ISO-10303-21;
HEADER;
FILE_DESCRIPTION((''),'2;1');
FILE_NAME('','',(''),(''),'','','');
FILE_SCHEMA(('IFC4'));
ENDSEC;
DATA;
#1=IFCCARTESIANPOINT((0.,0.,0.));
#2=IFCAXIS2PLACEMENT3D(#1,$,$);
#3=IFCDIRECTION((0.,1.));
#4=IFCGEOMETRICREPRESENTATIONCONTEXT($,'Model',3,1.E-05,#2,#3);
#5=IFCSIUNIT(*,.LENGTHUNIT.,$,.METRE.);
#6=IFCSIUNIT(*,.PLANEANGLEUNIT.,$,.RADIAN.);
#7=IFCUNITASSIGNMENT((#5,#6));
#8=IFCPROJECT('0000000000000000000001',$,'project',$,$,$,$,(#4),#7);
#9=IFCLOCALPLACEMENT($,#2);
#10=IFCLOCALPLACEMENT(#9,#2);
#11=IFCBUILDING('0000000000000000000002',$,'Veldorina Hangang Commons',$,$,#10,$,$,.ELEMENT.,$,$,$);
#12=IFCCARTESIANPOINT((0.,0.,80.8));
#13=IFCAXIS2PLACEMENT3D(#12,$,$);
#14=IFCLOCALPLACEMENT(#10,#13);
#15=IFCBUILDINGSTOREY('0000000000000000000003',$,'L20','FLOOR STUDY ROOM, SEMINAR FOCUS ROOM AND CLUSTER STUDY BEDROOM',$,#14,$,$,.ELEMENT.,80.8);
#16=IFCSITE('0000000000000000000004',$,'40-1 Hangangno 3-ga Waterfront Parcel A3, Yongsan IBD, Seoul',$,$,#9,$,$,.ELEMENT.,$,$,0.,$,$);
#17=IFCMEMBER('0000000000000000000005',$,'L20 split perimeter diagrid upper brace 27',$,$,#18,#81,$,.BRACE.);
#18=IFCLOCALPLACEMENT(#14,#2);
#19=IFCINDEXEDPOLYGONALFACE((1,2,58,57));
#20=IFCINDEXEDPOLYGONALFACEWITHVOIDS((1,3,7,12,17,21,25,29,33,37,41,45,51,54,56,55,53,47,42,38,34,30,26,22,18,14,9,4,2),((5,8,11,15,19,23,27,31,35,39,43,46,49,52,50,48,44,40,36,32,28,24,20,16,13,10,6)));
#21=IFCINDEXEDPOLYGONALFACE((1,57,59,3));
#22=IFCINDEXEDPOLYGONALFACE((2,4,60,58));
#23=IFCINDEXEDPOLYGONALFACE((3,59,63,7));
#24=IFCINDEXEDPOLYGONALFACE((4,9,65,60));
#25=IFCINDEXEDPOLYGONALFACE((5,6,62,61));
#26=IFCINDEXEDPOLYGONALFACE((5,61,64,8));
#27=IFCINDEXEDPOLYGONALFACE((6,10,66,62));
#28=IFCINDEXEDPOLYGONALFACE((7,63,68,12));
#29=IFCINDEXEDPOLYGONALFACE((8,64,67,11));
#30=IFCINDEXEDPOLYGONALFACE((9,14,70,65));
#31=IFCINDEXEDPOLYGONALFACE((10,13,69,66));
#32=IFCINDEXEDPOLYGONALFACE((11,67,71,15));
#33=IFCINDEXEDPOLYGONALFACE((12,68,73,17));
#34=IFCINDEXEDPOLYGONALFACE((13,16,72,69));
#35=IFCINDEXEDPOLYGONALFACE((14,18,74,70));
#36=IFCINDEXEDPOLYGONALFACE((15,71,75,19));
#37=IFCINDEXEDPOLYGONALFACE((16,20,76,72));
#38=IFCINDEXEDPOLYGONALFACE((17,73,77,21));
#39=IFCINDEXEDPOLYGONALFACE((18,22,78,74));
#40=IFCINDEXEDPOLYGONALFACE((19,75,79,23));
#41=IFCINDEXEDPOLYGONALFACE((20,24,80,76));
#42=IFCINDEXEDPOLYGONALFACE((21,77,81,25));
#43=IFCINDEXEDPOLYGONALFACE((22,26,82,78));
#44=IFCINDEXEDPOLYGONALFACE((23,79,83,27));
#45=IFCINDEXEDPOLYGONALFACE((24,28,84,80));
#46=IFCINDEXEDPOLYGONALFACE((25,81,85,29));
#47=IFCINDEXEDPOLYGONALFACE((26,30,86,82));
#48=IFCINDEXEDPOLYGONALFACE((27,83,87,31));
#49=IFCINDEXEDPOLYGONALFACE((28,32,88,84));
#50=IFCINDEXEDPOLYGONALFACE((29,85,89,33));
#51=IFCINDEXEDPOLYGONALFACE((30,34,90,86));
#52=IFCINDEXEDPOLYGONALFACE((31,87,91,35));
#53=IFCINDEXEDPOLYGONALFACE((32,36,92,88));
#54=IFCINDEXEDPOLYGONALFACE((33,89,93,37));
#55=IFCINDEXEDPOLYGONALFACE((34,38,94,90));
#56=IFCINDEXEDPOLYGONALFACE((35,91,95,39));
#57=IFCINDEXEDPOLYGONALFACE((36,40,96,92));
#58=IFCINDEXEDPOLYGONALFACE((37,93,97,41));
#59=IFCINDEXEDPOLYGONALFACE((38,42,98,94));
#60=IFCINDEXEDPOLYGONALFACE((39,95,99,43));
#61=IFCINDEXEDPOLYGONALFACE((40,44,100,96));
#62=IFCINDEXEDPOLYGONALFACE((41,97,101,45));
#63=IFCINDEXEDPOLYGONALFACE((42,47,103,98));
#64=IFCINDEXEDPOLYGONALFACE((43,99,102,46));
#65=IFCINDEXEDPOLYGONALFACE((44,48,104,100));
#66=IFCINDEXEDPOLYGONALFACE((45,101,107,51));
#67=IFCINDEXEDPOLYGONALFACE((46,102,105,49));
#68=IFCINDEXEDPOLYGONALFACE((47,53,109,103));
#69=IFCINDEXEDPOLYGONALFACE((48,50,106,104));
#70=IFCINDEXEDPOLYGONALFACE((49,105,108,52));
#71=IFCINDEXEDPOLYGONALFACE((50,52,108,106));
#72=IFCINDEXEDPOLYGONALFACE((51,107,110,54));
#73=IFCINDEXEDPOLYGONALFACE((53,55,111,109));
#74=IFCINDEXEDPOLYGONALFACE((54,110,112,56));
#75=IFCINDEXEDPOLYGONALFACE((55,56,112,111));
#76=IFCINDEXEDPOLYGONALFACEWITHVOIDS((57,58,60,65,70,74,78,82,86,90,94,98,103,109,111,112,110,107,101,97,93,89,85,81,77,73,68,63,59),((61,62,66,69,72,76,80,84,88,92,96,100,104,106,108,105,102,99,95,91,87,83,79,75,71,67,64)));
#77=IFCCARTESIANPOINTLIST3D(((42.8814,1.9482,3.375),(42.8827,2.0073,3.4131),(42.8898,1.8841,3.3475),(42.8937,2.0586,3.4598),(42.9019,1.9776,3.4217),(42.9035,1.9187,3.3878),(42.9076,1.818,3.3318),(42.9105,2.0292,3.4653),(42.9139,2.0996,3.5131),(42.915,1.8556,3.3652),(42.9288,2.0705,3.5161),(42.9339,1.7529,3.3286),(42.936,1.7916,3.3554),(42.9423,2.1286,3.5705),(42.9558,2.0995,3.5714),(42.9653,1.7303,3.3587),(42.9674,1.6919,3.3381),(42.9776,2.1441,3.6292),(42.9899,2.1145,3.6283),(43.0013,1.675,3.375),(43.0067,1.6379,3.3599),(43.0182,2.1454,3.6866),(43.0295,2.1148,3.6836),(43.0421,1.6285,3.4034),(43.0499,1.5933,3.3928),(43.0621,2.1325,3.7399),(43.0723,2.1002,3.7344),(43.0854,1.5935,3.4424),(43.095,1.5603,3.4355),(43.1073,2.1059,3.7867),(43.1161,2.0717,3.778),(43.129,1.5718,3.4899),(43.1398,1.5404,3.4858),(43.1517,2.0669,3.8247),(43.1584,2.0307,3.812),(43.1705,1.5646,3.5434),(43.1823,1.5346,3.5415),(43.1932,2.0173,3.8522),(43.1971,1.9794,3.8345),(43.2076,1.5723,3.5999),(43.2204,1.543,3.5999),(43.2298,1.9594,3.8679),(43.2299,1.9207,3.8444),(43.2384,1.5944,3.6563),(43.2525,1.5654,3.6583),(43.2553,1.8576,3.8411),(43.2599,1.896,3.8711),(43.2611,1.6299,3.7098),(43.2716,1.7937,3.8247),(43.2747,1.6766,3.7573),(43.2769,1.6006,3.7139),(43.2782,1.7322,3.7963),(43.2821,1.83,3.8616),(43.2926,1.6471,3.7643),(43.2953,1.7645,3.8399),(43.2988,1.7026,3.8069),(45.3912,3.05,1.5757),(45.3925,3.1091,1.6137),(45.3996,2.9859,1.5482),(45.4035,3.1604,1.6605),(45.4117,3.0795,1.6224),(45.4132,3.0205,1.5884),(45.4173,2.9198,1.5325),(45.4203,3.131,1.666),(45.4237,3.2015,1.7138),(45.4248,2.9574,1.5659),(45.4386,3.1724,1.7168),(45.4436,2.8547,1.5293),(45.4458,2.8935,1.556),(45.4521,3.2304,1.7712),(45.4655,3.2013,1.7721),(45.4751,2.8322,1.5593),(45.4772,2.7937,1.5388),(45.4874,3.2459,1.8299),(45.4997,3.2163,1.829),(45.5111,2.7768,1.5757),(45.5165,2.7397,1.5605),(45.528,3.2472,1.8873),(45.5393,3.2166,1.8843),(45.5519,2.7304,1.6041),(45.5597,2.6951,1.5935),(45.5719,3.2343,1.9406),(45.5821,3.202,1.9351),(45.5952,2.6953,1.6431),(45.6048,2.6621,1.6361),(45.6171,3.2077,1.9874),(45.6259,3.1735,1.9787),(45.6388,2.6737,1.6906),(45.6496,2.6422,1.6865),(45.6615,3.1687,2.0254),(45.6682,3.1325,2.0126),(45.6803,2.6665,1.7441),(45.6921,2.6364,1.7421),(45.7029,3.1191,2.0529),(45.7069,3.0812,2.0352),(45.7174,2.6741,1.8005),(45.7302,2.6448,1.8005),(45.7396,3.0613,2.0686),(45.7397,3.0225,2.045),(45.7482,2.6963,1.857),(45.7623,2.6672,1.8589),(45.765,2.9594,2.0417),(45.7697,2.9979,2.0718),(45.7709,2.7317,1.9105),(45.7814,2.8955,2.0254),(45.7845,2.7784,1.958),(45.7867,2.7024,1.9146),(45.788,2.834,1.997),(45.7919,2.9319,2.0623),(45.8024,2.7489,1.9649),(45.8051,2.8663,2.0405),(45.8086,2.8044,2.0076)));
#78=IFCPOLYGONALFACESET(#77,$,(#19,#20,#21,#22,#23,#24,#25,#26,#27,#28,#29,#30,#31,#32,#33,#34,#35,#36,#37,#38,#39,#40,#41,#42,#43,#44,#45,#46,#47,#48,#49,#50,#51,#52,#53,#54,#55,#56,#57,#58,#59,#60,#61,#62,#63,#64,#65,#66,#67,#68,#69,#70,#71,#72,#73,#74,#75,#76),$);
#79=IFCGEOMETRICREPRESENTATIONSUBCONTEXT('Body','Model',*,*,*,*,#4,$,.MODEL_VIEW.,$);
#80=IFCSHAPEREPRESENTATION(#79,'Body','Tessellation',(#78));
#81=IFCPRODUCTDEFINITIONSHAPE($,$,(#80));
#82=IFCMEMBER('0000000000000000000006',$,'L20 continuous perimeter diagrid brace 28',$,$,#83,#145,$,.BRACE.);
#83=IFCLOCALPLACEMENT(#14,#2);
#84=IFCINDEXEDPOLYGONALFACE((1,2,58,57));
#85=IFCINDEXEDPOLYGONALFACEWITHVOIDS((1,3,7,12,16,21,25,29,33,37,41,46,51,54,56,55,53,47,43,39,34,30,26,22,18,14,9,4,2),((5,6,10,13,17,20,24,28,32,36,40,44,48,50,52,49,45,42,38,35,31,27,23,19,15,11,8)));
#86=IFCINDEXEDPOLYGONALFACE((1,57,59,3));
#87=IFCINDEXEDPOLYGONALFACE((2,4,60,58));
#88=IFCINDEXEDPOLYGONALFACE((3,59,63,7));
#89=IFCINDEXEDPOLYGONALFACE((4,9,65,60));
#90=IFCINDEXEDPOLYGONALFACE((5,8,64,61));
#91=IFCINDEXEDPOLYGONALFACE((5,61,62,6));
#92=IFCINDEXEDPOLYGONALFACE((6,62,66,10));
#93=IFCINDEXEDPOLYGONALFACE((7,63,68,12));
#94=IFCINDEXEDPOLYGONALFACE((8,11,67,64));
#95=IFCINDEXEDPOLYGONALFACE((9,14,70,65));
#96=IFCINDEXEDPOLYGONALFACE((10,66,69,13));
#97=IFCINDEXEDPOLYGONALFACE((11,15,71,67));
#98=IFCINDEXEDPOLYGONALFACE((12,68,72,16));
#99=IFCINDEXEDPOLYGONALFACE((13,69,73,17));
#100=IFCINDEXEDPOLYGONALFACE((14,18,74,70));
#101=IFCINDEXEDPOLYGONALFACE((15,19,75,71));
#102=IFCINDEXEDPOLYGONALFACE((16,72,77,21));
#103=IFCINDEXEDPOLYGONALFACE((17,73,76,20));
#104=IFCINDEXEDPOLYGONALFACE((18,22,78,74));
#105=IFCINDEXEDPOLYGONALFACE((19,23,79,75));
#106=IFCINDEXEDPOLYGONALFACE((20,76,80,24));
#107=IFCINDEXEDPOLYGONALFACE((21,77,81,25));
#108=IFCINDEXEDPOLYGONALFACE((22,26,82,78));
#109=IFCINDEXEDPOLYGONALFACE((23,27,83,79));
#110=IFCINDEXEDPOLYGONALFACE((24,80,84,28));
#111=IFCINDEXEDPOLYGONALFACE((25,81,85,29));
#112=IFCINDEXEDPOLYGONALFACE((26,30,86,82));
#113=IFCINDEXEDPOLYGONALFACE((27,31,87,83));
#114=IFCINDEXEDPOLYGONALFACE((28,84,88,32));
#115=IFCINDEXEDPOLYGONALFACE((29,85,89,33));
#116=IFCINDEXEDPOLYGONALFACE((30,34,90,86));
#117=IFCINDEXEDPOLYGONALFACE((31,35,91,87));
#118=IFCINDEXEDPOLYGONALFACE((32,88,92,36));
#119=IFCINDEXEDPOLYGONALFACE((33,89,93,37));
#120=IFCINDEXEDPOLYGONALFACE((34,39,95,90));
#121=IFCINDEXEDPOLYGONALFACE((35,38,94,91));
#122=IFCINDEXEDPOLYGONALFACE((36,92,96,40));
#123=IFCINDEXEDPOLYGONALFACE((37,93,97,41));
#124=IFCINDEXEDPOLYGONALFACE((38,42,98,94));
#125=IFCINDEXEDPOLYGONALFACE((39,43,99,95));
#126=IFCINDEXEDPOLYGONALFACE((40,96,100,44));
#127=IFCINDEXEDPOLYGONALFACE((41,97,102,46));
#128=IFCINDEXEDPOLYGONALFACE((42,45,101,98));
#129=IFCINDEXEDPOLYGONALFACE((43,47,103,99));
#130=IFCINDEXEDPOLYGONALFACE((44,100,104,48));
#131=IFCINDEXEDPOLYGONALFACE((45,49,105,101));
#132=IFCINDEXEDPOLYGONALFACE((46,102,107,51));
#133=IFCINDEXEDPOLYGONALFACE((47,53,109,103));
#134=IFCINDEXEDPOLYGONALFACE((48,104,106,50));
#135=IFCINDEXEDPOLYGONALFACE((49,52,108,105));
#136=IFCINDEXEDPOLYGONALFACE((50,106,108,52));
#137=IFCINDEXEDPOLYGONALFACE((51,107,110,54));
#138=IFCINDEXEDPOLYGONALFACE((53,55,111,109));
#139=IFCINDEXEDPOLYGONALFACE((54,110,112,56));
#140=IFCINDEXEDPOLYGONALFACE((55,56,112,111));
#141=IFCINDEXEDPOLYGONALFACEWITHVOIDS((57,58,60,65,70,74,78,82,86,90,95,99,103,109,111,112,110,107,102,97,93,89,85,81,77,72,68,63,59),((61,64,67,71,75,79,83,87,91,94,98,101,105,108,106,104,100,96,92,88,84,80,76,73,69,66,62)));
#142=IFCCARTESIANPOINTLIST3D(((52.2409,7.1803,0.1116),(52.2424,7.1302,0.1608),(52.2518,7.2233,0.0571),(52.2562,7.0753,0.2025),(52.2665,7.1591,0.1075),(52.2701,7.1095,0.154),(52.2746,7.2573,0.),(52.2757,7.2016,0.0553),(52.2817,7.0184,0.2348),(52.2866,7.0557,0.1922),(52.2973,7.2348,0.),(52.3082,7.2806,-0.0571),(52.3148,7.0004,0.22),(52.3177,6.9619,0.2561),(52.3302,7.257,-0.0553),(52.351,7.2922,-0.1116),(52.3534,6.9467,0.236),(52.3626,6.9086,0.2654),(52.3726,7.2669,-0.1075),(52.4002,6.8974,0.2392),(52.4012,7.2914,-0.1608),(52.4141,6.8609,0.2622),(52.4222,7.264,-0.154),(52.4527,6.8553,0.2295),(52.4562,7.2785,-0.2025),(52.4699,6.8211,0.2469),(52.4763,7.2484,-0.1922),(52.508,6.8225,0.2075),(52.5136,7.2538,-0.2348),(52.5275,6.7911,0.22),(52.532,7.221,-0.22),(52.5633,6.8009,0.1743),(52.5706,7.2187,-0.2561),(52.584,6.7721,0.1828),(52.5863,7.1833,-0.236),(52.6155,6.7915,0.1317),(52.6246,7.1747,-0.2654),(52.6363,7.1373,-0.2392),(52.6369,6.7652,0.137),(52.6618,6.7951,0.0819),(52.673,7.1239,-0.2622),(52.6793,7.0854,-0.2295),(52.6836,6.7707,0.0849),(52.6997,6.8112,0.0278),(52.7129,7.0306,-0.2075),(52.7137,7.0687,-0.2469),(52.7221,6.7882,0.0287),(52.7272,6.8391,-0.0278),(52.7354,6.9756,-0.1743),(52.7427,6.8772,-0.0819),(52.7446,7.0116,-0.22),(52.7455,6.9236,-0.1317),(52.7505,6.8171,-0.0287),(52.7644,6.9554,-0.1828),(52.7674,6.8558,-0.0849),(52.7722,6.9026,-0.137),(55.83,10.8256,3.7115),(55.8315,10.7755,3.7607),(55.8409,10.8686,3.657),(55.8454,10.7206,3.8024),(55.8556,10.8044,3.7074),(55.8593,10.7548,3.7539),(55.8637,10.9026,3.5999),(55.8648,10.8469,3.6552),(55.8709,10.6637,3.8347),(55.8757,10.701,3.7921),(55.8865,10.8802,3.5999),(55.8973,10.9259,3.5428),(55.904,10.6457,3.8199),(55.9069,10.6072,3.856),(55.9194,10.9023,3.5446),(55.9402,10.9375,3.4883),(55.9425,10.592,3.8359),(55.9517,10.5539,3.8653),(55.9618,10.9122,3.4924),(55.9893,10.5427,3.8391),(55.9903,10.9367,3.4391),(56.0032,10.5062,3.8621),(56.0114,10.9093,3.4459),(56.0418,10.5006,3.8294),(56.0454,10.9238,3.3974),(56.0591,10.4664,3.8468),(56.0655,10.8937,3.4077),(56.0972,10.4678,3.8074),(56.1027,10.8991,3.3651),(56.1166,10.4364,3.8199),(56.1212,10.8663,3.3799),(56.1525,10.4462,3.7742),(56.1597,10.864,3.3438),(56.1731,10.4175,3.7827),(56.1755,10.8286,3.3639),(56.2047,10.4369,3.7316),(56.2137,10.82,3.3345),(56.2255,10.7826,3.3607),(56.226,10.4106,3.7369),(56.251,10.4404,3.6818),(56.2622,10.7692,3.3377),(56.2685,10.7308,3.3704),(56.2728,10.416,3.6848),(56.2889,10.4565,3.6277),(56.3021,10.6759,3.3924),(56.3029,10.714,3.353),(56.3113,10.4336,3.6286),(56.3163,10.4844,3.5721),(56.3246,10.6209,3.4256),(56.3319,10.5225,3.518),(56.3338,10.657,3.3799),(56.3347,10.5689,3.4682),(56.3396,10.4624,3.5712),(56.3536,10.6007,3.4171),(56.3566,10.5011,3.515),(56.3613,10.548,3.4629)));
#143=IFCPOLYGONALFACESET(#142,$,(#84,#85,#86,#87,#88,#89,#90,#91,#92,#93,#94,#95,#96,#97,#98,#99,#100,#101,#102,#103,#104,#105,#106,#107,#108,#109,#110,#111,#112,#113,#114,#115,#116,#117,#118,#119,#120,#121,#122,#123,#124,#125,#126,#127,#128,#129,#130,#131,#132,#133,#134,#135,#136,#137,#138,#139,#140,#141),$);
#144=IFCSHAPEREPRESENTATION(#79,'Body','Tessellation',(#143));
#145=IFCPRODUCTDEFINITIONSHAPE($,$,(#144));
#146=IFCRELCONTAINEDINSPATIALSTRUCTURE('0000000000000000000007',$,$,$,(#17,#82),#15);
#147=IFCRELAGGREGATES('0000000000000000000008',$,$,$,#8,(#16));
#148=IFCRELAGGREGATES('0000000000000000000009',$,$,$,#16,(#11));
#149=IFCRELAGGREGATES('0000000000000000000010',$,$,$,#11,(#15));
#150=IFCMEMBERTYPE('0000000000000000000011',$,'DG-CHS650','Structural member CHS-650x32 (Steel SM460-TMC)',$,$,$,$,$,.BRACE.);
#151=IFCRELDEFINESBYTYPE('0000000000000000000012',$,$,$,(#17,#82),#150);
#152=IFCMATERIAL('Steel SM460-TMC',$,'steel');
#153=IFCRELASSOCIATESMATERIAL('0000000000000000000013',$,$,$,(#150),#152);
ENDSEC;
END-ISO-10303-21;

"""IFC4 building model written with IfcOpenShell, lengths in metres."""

from ifc_helpers import new_model, si_unit, direction, frame, origin, origin_2d, place, context, subcontext, project, spatial, hollow_circle, extrude, material, material_profile, profile_set, type_object, element, save


model = new_model("IFC4")

# Units and contexts
model_context = context("Model", 3, precision=1e-05, world=origin(), true_north=direction((0.0, 1.0)))
body_context = subcontext(model_context, "Body", "Model", "MODEL_VIEW")
ifc_project = project(units=[si_unit("LENGTHUNIT", "METRE"), si_unit("PLANEANGLEUNIT", "RADIAN")], contexts=[model_context])

# Site, building, storey
site_placement = place(None, origin())
site = spatial("IfcSite", under=ifc_project, at=site_placement, Name="40-1 Hangangno 3-ga Waterfront Parcel A3, Yongsan IBD, Seoul", CompositionType="ELEMENT", RefElevation=0.0)
building_placement = place(site_placement, origin())
building = spatial("IfcBuilding", under=site, at=building_placement, Name="Veldorina Hangang Commons", CompositionType="ELEMENT")
storey_placement = place(building_placement, frame((0.0, 0.0, 80.8)))
storey = spatial("IfcBuildingStorey", under=building, at=storey_placement, Name="L20", Description="FLOOR STUDY ROOM, SEMINAR FOCUS ROOM AND CLUSTER STUDY BEDROOM", CompositionType="ELEMENT", Elevation=80.8)

# Members
ifc_material_1 = material(Name="Steel SM460-TMC", Category="steel")
ifc_material_profile_1 = material_profile(ifc_material_1, hollow_circle(Radius=0.325, WallThickness=0.032, at=origin_2d()), Name="CHS-650x32")
ifc_profile_set_1 = profile_set([ifc_material_profile_1], Name="Steel SM460-TMC")
member_type_1 = type_object("IfcMemberType", Name="DG-CHS650", Description="Structural member CHS-650x32 (Steel SM460-TMC)", PredefinedType="BRACE", material=ifc_profile_set_1)
member_1_placement = place(storey_placement, frame((45.5996, 2.9424, 1.8005), z_axis=(-0.765456, -0.336041, 0.548775), x_axis=(0.401977, -0.91565, 0.0)))
element("IfcMember", 1, at=member_1_placement, inside=storey, type_object=member_type_1, Name="L20 split perimeter diagrid upper brace 27", PredefinedType="BRACE", context=body_context, shape_type="SweptSolid", body=[
    extrude(hollow_circle(Radius=0.325, WallThickness=0.032, at=origin_2d()), origin(), (0.0, 0.0, 1.0), 3.2788),
])
member_2_placement = place(storey_placement, frame((52.5061, 7.0293, 0.0), z_axis=(0.573772, 0.582749, 0.57549), x_axis=(-0.712574, 0.701597, 0.0)))
element("IfcMember", 2, at=member_2_placement, inside=storey, type_object=member_type_1, Name="L20 continuous perimeter diagrid brace 28", PredefinedType="BRACE", context=body_context, shape_type="SweptSolid", body=[
    extrude(hollow_circle(Radius=0.325, WallThickness=0.032, at=origin_2d()), origin(), (0.0, 0.0, 1.0), 6.2554),
])

save(model, "model.ifc")
